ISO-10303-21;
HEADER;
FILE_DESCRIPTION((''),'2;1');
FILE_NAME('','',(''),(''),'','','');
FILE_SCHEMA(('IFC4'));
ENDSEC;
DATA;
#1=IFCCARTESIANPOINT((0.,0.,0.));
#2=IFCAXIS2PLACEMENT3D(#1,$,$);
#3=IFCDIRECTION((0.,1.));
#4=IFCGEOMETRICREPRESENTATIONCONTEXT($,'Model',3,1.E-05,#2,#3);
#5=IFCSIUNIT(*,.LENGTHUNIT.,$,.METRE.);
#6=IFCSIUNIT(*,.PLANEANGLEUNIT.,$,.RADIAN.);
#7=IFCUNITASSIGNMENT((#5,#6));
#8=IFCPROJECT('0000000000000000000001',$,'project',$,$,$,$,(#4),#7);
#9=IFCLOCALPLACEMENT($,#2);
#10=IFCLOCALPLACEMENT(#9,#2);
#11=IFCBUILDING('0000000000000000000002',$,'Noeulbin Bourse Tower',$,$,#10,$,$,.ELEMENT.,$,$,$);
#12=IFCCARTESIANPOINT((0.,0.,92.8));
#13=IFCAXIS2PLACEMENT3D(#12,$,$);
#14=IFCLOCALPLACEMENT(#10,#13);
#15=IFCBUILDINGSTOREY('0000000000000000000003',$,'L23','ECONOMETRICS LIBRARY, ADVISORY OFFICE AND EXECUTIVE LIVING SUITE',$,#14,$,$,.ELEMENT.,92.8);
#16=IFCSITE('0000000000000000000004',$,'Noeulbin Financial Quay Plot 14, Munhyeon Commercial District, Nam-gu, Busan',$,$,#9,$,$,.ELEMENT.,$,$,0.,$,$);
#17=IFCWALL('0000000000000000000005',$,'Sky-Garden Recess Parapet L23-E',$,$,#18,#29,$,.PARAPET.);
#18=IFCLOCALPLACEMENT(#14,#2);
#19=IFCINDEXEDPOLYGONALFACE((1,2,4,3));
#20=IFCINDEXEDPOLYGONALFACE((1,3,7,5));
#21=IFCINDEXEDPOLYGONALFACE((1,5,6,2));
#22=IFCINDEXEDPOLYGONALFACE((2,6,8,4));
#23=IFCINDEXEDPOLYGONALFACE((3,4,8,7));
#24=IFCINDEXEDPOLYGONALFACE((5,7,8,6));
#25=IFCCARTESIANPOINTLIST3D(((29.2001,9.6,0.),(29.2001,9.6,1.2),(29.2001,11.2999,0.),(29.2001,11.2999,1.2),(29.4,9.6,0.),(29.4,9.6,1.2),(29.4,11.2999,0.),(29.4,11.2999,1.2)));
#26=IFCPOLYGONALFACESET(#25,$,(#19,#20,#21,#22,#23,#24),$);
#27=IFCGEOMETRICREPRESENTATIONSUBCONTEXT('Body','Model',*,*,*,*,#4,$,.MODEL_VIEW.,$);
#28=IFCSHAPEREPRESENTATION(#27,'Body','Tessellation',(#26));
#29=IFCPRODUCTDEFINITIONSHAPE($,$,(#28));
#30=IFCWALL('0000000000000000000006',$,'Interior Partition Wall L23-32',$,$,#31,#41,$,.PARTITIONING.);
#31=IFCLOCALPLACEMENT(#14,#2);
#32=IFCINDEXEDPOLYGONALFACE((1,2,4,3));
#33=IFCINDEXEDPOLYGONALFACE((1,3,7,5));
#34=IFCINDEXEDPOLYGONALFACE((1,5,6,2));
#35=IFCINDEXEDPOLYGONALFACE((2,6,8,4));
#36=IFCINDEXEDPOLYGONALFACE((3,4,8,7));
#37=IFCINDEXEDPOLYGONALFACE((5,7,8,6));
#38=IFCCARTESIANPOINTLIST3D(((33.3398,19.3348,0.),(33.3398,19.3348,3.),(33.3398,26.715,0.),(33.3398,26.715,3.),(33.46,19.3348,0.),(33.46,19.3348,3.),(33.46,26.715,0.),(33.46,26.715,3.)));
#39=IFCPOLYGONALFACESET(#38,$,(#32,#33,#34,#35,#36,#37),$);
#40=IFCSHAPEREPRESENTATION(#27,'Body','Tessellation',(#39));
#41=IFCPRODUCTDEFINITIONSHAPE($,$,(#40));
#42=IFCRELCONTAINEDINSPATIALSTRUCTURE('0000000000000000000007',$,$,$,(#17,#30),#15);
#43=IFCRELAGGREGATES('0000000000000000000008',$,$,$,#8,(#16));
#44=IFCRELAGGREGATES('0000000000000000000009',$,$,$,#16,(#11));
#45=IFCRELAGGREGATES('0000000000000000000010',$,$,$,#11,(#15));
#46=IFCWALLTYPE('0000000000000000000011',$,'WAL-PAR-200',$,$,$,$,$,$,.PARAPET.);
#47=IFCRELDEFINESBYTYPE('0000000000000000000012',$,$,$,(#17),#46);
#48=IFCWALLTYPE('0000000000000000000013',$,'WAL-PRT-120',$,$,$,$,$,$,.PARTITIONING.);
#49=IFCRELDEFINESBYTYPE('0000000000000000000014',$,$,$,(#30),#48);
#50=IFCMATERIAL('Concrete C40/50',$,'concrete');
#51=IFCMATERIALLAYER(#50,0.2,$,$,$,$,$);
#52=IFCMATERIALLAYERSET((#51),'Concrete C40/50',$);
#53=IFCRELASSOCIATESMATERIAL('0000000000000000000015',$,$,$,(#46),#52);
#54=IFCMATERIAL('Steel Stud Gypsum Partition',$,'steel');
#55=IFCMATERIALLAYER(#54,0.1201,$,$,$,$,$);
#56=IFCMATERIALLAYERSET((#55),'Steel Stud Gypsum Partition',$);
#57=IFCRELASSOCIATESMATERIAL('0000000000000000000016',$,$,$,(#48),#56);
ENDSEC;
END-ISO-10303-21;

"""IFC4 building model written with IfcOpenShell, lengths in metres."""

from ifc_helpers import new_model, si_unit, direction, frame, frame_2d, origin, place, context, subcontext, project, spatial, rectangle, extrude, material, layer, layer_set, type_object, element, save


model = new_model("IFC4")

# Units and contexts
model_context = context("Model", 3, precision=1e-05, world=origin(), true_north=direction((0.0, 1.0)))
body_context = subcontext(model_context, "Body", "Model", "MODEL_VIEW")
ifc_project = project(units=[si_unit("LENGTHUNIT", "METRE"), si_unit("PLANEANGLEUNIT", "RADIAN")], contexts=[model_context])

# Site, building, storey
site_placement = place(None, origin())
site = spatial("IfcSite", under=ifc_project, at=site_placement, Name="Noeulbin Financial Quay Plot 14, Munhyeon Commercial District, Nam-gu, Busan", CompositionType="ELEMENT", RefElevation=0.0)
building_placement = place(site_placement, origin())
building = spatial("IfcBuilding", under=site, at=building_placement, Name="Noeulbin Bourse Tower", CompositionType="ELEMENT")
storey_placement = place(building_placement, frame((0.0, 0.0, 92.8)))
storey = spatial("IfcBuildingStorey", under=building, at=storey_placement, Name="L23", Description="ECONOMETRICS LIBRARY, ADVISORY OFFICE AND EXECUTIVE LIVING SUITE", CompositionType="ELEMENT", Elevation=92.8)

# Walls
ifc_material_1 = material(Name="Concrete C40/50", Category="concrete")
ifc_layer_1 = layer(ifc_material_1, 0.2)
ifc_layer_set_1 = layer_set([ifc_layer_1], Name="Concrete C40/50")
wall_type_1 = type_object("IfcWallType", Name="WAL-PAR-200", PredefinedType="PARAPET", material=ifc_layer_set_1)
wall_1_placement = place(storey_placement, frame((29.3, 11.3, 0.0), z_axis=(0.0, 0.0, 1.0), x_axis=(0.0, -1.0, 0.0)))
element("IfcWall", 1, at=wall_1_placement, inside=storey, type_object=wall_type_1, Name="Sky-Garden Recess Parapet L23-E", PredefinedType="PARAPET", context=body_context, shape_type="SweptSolid", body=[
    extrude(rectangle(XDim=1.7, YDim=0.2, at=frame_2d((0.8501, 0.0))), origin(), (0.0, 0.0, 1.0), 1.2),
])
ifc_material_2 = material(Name="Steel Stud Gypsum Partition", Category="steel")
ifc_layer_2 = layer(ifc_material_2, 0.1201)
ifc_layer_set_2 = layer_set([ifc_layer_2], Name="Steel Stud Gypsum Partition")
wall_type_2 = type_object("IfcWallType", Name="WAL-PRT-120", PredefinedType="PARTITIONING", material=ifc_layer_set_2)
wall_2_placement = place(storey_placement, frame((33.3999, 19.335, 0.0), z_axis=(0.0, 0.0, 1.0), x_axis=(0.0, 1.0, 0.0)))
element("IfcWall", 2, at=wall_2_placement, inside=storey, type_object=wall_type_2, Name="Interior Partition Wall L23-32", PredefinedType="PARTITIONING", context=body_context, shape_type="SweptSolid", body=[
    extrude(rectangle(XDim=7.3801, YDim=0.1201, at=frame_2d((3.6899, 0.0))), origin(), (0.0, 0.0, 1.0), 3.0),
])

save(model, "model.ifc")
